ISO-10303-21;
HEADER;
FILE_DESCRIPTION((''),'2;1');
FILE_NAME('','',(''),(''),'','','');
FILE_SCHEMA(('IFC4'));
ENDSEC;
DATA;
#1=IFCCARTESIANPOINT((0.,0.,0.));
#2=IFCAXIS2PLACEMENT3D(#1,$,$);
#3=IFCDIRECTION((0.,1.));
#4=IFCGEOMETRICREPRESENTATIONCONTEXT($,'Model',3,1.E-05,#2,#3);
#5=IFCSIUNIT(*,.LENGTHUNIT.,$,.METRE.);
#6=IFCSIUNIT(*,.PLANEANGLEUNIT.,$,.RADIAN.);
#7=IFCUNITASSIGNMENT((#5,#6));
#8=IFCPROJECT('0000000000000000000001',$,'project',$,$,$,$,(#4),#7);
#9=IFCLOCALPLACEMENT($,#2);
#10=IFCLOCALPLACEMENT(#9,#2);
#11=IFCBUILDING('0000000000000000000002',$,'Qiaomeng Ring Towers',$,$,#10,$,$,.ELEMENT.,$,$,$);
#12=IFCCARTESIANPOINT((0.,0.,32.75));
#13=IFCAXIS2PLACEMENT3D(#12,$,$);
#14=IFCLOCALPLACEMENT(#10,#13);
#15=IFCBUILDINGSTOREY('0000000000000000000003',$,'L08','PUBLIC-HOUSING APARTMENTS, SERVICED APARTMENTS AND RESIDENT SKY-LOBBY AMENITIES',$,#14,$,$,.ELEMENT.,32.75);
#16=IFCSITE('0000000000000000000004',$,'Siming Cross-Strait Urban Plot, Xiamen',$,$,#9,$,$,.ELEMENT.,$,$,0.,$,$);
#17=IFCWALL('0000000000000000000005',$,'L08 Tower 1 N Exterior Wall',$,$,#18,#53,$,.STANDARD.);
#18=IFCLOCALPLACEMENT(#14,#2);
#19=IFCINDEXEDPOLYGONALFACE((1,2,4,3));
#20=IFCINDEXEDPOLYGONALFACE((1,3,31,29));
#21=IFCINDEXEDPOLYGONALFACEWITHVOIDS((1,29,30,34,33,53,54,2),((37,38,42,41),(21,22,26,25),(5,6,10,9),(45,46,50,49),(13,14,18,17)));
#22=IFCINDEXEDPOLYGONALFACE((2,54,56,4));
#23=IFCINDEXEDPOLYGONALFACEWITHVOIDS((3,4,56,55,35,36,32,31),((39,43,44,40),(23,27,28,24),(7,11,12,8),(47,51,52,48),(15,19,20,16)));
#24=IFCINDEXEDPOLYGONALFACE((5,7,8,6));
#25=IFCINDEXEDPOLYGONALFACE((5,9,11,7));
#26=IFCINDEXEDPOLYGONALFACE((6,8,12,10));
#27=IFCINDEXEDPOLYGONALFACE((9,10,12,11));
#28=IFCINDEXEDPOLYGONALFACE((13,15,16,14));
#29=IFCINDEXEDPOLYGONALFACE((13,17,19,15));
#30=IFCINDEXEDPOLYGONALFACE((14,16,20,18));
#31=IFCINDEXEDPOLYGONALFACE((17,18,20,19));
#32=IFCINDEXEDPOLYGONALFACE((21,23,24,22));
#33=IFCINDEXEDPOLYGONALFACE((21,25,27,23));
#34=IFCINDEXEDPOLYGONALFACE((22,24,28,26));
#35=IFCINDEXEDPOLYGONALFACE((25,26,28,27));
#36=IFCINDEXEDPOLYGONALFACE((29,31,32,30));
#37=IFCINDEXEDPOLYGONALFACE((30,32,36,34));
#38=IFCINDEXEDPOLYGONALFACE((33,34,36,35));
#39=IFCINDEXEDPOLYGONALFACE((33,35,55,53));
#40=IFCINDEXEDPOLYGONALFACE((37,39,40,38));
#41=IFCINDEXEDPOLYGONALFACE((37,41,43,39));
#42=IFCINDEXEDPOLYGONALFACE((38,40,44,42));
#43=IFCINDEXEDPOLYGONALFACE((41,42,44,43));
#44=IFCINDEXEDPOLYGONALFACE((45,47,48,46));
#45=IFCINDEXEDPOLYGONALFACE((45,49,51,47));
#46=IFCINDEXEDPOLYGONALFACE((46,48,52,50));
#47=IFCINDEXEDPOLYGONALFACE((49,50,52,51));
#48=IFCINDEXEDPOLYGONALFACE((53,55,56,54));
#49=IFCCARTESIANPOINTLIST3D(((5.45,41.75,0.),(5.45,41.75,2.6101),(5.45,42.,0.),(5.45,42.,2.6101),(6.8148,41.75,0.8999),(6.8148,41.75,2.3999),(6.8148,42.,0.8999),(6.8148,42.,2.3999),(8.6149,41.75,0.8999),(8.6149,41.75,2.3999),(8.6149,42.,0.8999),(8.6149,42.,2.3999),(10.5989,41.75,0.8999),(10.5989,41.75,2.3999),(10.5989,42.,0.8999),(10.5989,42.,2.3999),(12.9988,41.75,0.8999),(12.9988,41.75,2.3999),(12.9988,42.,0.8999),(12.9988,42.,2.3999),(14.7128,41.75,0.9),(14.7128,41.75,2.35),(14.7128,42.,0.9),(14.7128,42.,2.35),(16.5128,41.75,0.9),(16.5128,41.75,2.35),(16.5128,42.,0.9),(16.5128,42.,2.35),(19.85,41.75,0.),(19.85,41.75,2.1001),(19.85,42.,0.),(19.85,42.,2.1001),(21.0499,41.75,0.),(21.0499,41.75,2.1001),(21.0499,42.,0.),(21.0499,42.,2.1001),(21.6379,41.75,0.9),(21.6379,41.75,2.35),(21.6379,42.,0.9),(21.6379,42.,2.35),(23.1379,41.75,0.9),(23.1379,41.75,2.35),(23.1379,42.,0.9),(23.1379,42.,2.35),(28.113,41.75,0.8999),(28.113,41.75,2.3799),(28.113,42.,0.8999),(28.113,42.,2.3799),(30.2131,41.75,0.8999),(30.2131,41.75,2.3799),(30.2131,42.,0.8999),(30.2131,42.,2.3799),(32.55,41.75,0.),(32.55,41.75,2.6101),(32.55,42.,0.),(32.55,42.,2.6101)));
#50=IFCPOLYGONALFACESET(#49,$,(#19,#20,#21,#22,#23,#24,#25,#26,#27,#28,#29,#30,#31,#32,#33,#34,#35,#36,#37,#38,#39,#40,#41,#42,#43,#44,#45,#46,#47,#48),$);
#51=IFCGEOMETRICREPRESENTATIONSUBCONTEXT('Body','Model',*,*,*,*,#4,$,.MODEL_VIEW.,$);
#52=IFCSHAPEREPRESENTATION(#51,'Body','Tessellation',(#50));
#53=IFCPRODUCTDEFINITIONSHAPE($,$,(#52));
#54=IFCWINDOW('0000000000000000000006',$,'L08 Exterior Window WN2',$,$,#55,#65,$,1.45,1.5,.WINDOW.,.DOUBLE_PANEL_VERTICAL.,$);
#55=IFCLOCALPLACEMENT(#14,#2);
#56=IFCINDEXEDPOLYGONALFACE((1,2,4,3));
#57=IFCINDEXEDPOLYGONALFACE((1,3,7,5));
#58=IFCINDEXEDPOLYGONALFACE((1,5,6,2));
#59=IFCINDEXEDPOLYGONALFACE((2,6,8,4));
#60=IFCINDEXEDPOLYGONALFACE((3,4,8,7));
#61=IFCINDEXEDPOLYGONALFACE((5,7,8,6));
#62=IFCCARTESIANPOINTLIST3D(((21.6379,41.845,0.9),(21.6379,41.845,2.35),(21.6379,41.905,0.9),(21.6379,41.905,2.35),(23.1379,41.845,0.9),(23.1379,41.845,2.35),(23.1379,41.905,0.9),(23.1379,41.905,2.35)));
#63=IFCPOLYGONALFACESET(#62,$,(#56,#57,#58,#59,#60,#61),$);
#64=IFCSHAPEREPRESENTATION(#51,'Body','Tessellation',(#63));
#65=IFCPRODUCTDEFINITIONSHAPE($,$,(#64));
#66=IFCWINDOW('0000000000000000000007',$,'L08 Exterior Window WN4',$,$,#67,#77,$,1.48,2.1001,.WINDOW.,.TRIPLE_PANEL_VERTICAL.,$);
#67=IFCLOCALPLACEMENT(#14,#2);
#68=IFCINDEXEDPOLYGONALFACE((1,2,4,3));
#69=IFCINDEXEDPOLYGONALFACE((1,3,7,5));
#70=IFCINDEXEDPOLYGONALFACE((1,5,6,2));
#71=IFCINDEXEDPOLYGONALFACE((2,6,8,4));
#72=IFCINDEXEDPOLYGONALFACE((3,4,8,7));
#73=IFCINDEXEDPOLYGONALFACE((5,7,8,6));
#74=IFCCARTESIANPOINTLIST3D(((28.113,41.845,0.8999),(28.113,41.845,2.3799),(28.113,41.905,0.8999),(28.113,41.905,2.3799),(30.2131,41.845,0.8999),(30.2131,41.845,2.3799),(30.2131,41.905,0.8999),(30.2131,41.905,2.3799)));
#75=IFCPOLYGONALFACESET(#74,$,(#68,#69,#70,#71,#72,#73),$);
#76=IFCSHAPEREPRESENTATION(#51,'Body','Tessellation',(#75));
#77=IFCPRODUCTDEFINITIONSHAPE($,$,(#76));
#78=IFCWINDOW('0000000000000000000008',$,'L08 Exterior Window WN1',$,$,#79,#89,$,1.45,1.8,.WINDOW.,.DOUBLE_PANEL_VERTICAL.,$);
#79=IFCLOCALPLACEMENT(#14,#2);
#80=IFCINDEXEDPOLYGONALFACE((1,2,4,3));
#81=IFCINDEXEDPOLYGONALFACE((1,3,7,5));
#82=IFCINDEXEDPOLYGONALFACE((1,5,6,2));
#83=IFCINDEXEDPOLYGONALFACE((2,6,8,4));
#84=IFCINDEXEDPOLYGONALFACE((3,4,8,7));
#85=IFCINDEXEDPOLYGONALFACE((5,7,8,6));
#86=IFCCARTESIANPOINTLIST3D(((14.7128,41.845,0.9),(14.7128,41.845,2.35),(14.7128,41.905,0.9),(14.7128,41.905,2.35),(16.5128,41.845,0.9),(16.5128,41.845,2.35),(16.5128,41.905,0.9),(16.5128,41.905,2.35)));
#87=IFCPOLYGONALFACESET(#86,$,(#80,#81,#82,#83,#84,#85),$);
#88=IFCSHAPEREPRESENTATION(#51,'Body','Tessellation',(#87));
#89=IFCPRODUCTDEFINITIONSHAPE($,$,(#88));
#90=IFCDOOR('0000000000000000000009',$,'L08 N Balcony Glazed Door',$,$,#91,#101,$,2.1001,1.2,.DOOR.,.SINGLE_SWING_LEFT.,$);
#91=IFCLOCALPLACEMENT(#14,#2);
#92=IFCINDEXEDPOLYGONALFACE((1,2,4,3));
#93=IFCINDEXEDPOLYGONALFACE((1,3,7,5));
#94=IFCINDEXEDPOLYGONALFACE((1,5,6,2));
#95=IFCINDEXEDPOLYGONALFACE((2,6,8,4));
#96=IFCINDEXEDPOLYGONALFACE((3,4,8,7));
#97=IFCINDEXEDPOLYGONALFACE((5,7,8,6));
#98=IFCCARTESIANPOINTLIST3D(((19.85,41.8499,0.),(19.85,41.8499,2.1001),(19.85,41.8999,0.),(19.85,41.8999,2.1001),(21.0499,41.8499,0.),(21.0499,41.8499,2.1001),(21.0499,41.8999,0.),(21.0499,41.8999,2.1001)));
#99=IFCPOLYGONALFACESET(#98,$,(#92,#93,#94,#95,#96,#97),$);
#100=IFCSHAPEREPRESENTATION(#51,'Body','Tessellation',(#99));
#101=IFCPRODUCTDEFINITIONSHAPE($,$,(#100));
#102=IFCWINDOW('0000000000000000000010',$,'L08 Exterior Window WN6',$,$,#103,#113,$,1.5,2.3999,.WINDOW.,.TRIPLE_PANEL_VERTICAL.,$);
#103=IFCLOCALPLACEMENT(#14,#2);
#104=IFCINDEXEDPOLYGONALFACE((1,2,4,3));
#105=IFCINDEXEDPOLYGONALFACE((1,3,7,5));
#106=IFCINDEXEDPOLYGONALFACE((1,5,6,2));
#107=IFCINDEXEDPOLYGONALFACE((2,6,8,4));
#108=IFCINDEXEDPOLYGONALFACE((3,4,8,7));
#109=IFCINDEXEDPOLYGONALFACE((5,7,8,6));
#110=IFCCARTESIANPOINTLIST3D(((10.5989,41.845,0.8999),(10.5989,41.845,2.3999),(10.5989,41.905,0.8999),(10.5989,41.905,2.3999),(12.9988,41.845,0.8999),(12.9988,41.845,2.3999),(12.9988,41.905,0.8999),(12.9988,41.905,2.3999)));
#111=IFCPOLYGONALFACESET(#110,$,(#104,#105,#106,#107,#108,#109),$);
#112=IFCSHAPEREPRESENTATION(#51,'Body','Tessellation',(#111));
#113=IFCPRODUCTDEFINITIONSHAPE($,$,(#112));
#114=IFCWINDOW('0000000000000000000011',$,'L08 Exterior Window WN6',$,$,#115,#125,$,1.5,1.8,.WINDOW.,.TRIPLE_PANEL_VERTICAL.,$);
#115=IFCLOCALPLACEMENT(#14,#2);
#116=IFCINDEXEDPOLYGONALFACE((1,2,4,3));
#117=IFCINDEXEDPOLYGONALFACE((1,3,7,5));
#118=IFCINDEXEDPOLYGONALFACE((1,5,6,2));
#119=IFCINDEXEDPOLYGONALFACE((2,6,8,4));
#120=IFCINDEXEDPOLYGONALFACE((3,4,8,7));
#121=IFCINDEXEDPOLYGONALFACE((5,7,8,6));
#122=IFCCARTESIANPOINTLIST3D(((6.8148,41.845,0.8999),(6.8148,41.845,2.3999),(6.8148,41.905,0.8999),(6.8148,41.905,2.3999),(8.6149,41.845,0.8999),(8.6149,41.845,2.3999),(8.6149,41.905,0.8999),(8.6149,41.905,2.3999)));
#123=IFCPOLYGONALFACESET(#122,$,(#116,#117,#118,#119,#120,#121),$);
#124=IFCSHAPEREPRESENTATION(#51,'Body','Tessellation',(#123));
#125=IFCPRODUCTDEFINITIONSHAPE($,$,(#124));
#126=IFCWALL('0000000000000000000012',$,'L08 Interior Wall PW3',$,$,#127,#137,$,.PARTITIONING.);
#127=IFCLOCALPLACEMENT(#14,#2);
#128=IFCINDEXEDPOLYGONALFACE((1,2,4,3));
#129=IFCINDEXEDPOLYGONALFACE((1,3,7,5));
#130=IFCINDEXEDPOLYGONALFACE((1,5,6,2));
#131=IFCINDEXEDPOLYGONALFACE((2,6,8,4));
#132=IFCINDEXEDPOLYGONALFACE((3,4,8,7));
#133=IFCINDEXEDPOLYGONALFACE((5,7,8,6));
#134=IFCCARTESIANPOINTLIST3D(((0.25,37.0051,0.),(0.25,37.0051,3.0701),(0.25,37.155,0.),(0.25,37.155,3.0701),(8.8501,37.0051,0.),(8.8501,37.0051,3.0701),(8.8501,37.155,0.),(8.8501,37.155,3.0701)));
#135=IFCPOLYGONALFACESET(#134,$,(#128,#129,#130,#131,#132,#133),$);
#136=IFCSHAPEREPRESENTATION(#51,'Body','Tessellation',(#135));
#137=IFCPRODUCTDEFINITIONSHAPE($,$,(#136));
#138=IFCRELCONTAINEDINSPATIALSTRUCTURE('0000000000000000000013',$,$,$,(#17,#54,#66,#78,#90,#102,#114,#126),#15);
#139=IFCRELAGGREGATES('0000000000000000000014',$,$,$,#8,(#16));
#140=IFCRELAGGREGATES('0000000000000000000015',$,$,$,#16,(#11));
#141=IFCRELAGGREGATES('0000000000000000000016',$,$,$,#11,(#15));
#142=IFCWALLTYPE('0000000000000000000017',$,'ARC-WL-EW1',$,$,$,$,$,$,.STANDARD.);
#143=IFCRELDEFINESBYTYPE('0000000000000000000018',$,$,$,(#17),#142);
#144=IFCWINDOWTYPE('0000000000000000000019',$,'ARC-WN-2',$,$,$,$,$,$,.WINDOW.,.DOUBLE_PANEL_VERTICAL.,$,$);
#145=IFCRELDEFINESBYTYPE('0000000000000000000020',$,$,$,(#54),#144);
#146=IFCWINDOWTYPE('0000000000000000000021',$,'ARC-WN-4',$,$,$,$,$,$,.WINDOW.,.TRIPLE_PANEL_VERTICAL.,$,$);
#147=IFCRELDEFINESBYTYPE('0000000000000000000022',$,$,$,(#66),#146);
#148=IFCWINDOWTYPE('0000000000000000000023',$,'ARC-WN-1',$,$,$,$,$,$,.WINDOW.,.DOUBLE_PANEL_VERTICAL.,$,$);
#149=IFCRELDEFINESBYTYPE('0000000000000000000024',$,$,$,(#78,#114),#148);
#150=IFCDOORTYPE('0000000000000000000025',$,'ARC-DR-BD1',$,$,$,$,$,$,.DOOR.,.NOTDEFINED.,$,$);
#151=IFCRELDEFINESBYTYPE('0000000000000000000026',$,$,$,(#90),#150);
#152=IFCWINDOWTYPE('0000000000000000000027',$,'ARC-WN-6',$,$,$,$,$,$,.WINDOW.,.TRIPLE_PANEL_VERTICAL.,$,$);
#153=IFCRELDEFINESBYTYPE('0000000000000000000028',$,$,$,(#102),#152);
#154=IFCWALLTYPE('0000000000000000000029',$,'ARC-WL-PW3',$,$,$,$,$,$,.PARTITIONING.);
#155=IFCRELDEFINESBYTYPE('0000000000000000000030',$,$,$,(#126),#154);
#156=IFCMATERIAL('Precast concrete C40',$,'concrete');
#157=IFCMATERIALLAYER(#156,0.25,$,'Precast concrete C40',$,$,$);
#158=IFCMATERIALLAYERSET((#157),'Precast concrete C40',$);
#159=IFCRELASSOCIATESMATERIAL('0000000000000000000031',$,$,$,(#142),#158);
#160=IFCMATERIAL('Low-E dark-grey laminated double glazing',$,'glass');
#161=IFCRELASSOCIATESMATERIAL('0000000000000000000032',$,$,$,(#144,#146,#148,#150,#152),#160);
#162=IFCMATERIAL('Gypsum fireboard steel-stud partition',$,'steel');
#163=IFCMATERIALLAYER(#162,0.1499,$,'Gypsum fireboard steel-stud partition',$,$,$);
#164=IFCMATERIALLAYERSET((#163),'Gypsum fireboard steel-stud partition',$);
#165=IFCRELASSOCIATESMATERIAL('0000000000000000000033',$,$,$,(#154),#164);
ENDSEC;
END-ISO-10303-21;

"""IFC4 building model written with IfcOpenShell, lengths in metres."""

from ifc_helpers import new_model, si_unit, direction, frame, frame_2d, origin, place, context, subcontext, project, spatial, rectangle, extrude, source, transform, mapped, material, layer, layer_set, type_object, element, fill, save


model = new_model("IFC4")

# Units and contexts
model_context = context("Model", 3, precision=1e-05, world=origin(), true_north=direction((0.0, 1.0)))
body_context = subcontext(model_context, "Body", "Model", "MODEL_VIEW")
ifc_project = project(units=[si_unit("LENGTHUNIT", "METRE"), si_unit("PLANEANGLEUNIT", "RADIAN")], contexts=[model_context])

# Site, building, storey
site_placement = place(None, origin())
site = spatial("IfcSite", under=ifc_project, at=site_placement, Name="Siming Cross-Strait Urban Plot, Xiamen", CompositionType="ELEMENT", RefElevation=0.0)
building_placement = place(site_placement, origin())
building = spatial("IfcBuilding", under=site, at=building_placement, Name="Qiaomeng Ring Towers", CompositionType="ELEMENT")
storey_placement = place(building_placement, frame((0.0, 0.0, 32.75)))
storey = spatial("IfcBuildingStorey", under=building, at=storey_placement, Name="L08", Description="PUBLIC-HOUSING APARTMENTS, SERVICED APARTMENTS AND RESIDENT SKY-LOBBY AMENITIES", CompositionType="ELEMENT", Elevation=32.75)

# Shared definitions
ifc_material_1 = material(Name="Low-E dark-grey laminated double glazing", Category="glass")

# Wall, openings, windows, door
ifc_material_2 = material(Name="Precast concrete C40", Category="concrete")
ifc_layer_1 = layer(ifc_material_2, 0.25, Name="Precast concrete C40")
ifc_layer_set_1 = layer_set([ifc_layer_1], Name="Precast concrete C40")
wall_type_1 = type_object("IfcWallType", Name="ARC-WL-EW1", PredefinedType="STANDARD", material=ifc_layer_set_1)
wall_1_placement = place(storey_placement, frame((5.45, 41.875, 0.0), z_axis=(0.0, 0.0, 1.0), x_axis=(1.0, 0.0, 0.0)))
wall_1 = element("IfcWall", 1, at=wall_1_placement, inside=storey, type_object=wall_type_1, Name="L08 Tower 1 N Exterior Wall", PredefinedType="STANDARD", context=body_context, shape_type="SweptSolid", body=[
    extrude(rectangle(XDim=27.1001, YDim=0.25, at=frame_2d((13.55, 0.0))), origin(), (0.0, 0.0, 1.0), 2.6101),
])
opening_1_placement = place(wall_1_placement, frame((14.3999, 0.0, 0.0)))
opening_1 = element("IfcOpeningElement", 2, at=opening_1_placement, cuts=wall_1, PredefinedType="OPENING", context=body_context, shape_type="SweptSolid", body=[
    extrude(rectangle(XDim=1.2, YDim=2.1001, at=frame_2d((0.6001, 1.05))), frame((0.0, 0.135, 0.0), z_axis=(0.0, -1.0, 0.0), x_axis=(1.0, 0.0, 0.0)), (0.0, 0.0, 1.0), 0.27),
])
opening_2_placement = place(wall_1_placement, frame((1.365, 0.0, 0.8999)))
opening_2 = element("IfcOpeningElement", 3, at=opening_2_placement, cuts=wall_1, PredefinedType="OPENING", context=body_context, shape_type="SweptSolid", body=[
    extrude(rectangle(XDim=1.8, YDim=1.5, at=frame_2d((0.8999, 0.75))), frame((0.0, 0.135, 0.0), z_axis=(0.0, -1.0, 0.0), x_axis=(1.0, 0.0, 0.0)), (0.0, 0.0, 1.0), 0.27),
])
opening_3_placement = place(wall_1_placement, frame((9.2629, 0.0, 0.8999)))
opening_3 = element("IfcOpeningElement", 4, at=opening_3_placement, cuts=wall_1, PredefinedType="OPENING", context=body_context, shape_type="SweptSolid", body=[
    extrude(rectangle(XDim=1.8, YDim=1.45, at=frame_2d((0.8999, 0.7251))), frame((0.0, 0.135, 0.0), z_axis=(0.0, -1.0, 0.0), x_axis=(1.0, 0.0, 0.0)), (0.0, 0.0, 1.0), 0.27),
])
opening_4_placement = place(wall_1_placement, frame((16.188, 0.0, 0.8999)))
opening_4 = element("IfcOpeningElement", 5, at=opening_4_placement, cuts=wall_1, PredefinedType="OPENING", context=body_context, shape_type="SweptSolid", body=[
    extrude(rectangle(XDim=1.5, YDim=1.45, at=frame_2d((0.75, 0.7251))), frame((0.0, 0.135, 0.0), z_axis=(0.0, -1.0, 0.0), x_axis=(1.0, 0.0, 0.0)), (0.0, 0.0, 1.0), 0.27),
])
opening_5_placement = place(wall_1_placement, frame((22.6631, 0.0, 0.8999)))
opening_5 = element("IfcOpeningElement", 6, at=opening_5_placement, cuts=wall_1, PredefinedType="OPENING", context=body_context, shape_type="SweptSolid", body=[
    extrude(rectangle(XDim=2.1001, YDim=1.48, at=frame_2d((1.05, 0.74))), frame((0.0, 0.135, 0.0), z_axis=(0.0, -1.0, 0.0), x_axis=(1.0, 0.0, 0.0)), (0.0, 0.0, 1.0), 0.27),
])
opening_6_placement = place(wall_1_placement, frame((5.1489, 0.0, 0.8999)))
opening_6 = element("IfcOpeningElement", 7, at=opening_6_placement, cuts=wall_1, PredefinedType="OPENING", context=body_context, shape_type="SweptSolid", body=[
    extrude(rectangle(XDim=2.3999, YDim=1.5, at=frame_2d((1.2, 0.75))), frame((0.0, 0.135, 0.0), z_axis=(0.0, -1.0, 0.0), x_axis=(1.0, 0.0, 0.0)), (0.0, 0.0, 1.0), 0.27),
])
window_type_1 = type_object("IfcWindowType", Name="ARC-WN-2", PartitioningType="DOUBLE_PANEL_VERTICAL", PredefinedType="WINDOW", material=ifc_material_1)
shared_shape_1 = source(origin(), body_context, "Body", "SweptSolid", [
    extrude(rectangle(XDim=1.5, YDim=1.45, at=frame_2d((0.75, 0.7251))), frame((0.0, 0.03, 0.0), z_axis=(0.0, -1.0, 0.0), x_axis=(1.0, 0.0, 0.0)), (0.0, 0.0, 1.0), 0.0601),
])
window_1_placement = place(opening_4_placement, origin())
window_1 = element("IfcWindow", 8, at=window_1_placement, inside=storey, type_object=window_type_1, Name="L08 Exterior Window WN2", OverallHeight=1.45, OverallWidth=1.5, PartitioningType="DOUBLE_PANEL_VERTICAL", PredefinedType="WINDOW", context=body_context, shape_type="MappedRepresentation", body=[
    mapped(shared_shape_1, transform((0.0, 0.0, 0.0), x_axis=(1.0, 0.0, 0.0), y_axis=(0.0, 1.0, 0.0), z_axis=(0.0, 0.0, 1.0), scale=1.0)),
])
fill(opening_4, window_1)
window_type_2 = type_object("IfcWindowType", Name="ARC-WN-4", PartitioningType="TRIPLE_PANEL_VERTICAL", PredefinedType="WINDOW", material=ifc_material_1)
shared_shape_2 = source(origin(), body_context, "Body", "SweptSolid", [
    extrude(rectangle(XDim=2.1001, YDim=1.48, at=frame_2d((1.05, 0.74))), frame((0.0, 0.03, 0.0), z_axis=(0.0, -1.0, 0.0), x_axis=(1.0, 0.0, 0.0)), (0.0, 0.0, 1.0), 0.0601),
])
window_2_placement = place(opening_5_placement, origin())
window_2 = element("IfcWindow", 9, at=window_2_placement, inside=storey, type_object=window_type_2, Name="L08 Exterior Window WN4", OverallHeight=1.48, OverallWidth=2.1001, PartitioningType="TRIPLE_PANEL_VERTICAL", PredefinedType="WINDOW", context=body_context, shape_type="MappedRepresentation", body=[
    mapped(shared_shape_2, transform((0.0, 0.0, 0.0), x_axis=(1.0, 0.0, 0.0), y_axis=(0.0, 1.0, 0.0), z_axis=(0.0, 0.0, 1.0), scale=1.0)),
])
fill(opening_5, window_2)
window_type_3 = type_object("IfcWindowType", Name="ARC-WN-1", PartitioningType="DOUBLE_PANEL_VERTICAL", PredefinedType="WINDOW", material=ifc_material_1)
shared_shape_3 = source(origin(), body_context, "Body", "SweptSolid", [
    extrude(rectangle(XDim=1.8, YDim=1.45, at=frame_2d((0.8999, 0.7251))), frame((0.0, 0.03, 0.0), z_axis=(0.0, -1.0, 0.0), x_axis=(1.0, 0.0, 0.0)), (0.0, 0.0, 1.0), 0.0601),
])
window_3_placement = place(opening_3_placement, origin())
window_3 = element("IfcWindow", 10, at=window_3_placement, inside=storey, type_object=window_type_3, Name="L08 Exterior Window WN1", OverallHeight=1.45, OverallWidth=1.8, PartitioningType="DOUBLE_PANEL_VERTICAL", PredefinedType="WINDOW", context=body_context, shape_type="MappedRepresentation", body=[
    mapped(shared_shape_3, transform((0.0, 0.0, 0.0), x_axis=(1.0, 0.0, 0.0), y_axis=(0.0, 1.0, 0.0), z_axis=(0.0, 0.0, 1.0), scale=1.0)),
])
fill(opening_3, window_3)
door_type = type_object("IfcDoorType", Name="ARC-DR-BD1", OperationType="NOTDEFINED", PredefinedType="DOOR", material=ifc_material_1)
shared_shape_4 = source(origin(), body_context, "Body", "SweptSolid", [
    extrude(rectangle(XDim=1.2, YDim=2.1001, at=frame_2d((0.6001, 1.05))), frame((0.0, 0.0249, 0.0), z_axis=(0.0, -1.0, 0.0), x_axis=(1.0, 0.0, 0.0)), (0.0, 0.0, 1.0), 0.05),
])
door_placement = place(opening_1_placement, origin())
door = element("IfcDoor", 11, at=door_placement, inside=storey, type_object=door_type, Name="L08 N Balcony Glazed Door", OperationType="SINGLE_SWING_LEFT", OverallHeight=2.1001, OverallWidth=1.2, PredefinedType="DOOR", context=body_context, shape_type="MappedRepresentation", body=[
    mapped(shared_shape_4, transform((0.0, 0.0, 0.0), x_axis=(1.0, 0.0, 0.0), y_axis=(0.0, 1.0, 0.0), z_axis=(0.0, 0.0, 1.0), scale=1.0)),
])
fill(opening_1, door)
window_type_4 = type_object("IfcWindowType", Name="ARC-WN-6", PartitioningType="TRIPLE_PANEL_VERTICAL", PredefinedType="WINDOW", material=ifc_material_1)
shared_shape_5 = source(origin(), body_context, "Body", "SweptSolid", [
    extrude(rectangle(XDim=2.3999, YDim=1.5, at=frame_2d((1.2, 0.75))), frame((0.0, 0.03, 0.0), z_axis=(0.0, -1.0, 0.0), x_axis=(1.0, 0.0, 0.0)), (0.0, 0.0, 1.0), 0.0601),
])
window_4_placement = place(opening_6_placement, origin())
window_4 = element("IfcWindow", 12, at=window_4_placement, inside=storey, type_object=window_type_4, Name="L08 Exterior Window WN6", OverallHeight=1.5, OverallWidth=2.3999, PartitioningType="TRIPLE_PANEL_VERTICAL", PredefinedType="WINDOW", context=body_context, shape_type="MappedRepresentation", body=[
    mapped(shared_shape_5, transform((0.0, 0.0, 0.0), x_axis=(1.0, 0.0, 0.0), y_axis=(0.0, 1.0, 0.0), z_axis=(0.0, 0.0, 1.0), scale=1.0)),
])
fill(opening_6, window_4)
shared_shape_6 = source(origin(), body_context, "Body", "SweptSolid", [
    extrude(rectangle(XDim=1.8, YDim=1.5, at=frame_2d((0.8999, 0.75))), frame((0.0, 0.03, 0.0), z_axis=(0.0, -1.0, 0.0), x_axis=(1.0, 0.0, 0.0)), (0.0, 0.0, 1.0), 0.0601),
])
window_5_placement = place(opening_2_placement, origin())
window_5 = element("IfcWindow", 13, at=window_5_placement, inside=storey, type_object=window_type_3, Name="L08 Exterior Window WN6", OverallHeight=1.5, OverallWidth=1.8, PartitioningType="TRIPLE_PANEL_VERTICAL", PredefinedType="WINDOW", context=body_context, shape_type="MappedRepresentation", body=[
    mapped(shared_shape_6, transform((0.0, 0.0, 0.0), x_axis=(1.0, 0.0, 0.0), y_axis=(0.0, 1.0, 0.0), z_axis=(0.0, 0.0, 1.0), scale=1.0)),
])
fill(opening_2, window_5)

# Wall
ifc_material_3 = material(Name="Gypsum fireboard steel-stud partition", Category="steel")
ifc_layer_2 = layer(ifc_material_3, 0.1499, Name="Gypsum fireboard steel-stud partition")
ifc_layer_set_2 = layer_set([ifc_layer_2], Name="Gypsum fireboard steel-stud partition")
wall_type_2 = type_object("IfcWallType", Name="ARC-WL-PW3", PredefinedType="PARTITIONING", material=ifc_layer_set_2)
wall_2_placement = place(storey_placement, frame((0.25, 37.0801, 0.0), z_axis=(0.0, 0.0, 1.0), x_axis=(1.0, 0.0, 0.0)))
element("IfcWall", 14, at=wall_2_placement, inside=storey, type_object=wall_type_2, Name="L08 Interior Wall PW3", PredefinedType="PARTITIONING", context=body_context, shape_type="SweptSolid", body=[
    extrude(rectangle(XDim=8.6001, YDim=0.1499, at=frame_2d((4.3, 0.0))), origin(), (0.0, 0.0, 1.0), 3.0701),
])

save(model, "model.ifc")
